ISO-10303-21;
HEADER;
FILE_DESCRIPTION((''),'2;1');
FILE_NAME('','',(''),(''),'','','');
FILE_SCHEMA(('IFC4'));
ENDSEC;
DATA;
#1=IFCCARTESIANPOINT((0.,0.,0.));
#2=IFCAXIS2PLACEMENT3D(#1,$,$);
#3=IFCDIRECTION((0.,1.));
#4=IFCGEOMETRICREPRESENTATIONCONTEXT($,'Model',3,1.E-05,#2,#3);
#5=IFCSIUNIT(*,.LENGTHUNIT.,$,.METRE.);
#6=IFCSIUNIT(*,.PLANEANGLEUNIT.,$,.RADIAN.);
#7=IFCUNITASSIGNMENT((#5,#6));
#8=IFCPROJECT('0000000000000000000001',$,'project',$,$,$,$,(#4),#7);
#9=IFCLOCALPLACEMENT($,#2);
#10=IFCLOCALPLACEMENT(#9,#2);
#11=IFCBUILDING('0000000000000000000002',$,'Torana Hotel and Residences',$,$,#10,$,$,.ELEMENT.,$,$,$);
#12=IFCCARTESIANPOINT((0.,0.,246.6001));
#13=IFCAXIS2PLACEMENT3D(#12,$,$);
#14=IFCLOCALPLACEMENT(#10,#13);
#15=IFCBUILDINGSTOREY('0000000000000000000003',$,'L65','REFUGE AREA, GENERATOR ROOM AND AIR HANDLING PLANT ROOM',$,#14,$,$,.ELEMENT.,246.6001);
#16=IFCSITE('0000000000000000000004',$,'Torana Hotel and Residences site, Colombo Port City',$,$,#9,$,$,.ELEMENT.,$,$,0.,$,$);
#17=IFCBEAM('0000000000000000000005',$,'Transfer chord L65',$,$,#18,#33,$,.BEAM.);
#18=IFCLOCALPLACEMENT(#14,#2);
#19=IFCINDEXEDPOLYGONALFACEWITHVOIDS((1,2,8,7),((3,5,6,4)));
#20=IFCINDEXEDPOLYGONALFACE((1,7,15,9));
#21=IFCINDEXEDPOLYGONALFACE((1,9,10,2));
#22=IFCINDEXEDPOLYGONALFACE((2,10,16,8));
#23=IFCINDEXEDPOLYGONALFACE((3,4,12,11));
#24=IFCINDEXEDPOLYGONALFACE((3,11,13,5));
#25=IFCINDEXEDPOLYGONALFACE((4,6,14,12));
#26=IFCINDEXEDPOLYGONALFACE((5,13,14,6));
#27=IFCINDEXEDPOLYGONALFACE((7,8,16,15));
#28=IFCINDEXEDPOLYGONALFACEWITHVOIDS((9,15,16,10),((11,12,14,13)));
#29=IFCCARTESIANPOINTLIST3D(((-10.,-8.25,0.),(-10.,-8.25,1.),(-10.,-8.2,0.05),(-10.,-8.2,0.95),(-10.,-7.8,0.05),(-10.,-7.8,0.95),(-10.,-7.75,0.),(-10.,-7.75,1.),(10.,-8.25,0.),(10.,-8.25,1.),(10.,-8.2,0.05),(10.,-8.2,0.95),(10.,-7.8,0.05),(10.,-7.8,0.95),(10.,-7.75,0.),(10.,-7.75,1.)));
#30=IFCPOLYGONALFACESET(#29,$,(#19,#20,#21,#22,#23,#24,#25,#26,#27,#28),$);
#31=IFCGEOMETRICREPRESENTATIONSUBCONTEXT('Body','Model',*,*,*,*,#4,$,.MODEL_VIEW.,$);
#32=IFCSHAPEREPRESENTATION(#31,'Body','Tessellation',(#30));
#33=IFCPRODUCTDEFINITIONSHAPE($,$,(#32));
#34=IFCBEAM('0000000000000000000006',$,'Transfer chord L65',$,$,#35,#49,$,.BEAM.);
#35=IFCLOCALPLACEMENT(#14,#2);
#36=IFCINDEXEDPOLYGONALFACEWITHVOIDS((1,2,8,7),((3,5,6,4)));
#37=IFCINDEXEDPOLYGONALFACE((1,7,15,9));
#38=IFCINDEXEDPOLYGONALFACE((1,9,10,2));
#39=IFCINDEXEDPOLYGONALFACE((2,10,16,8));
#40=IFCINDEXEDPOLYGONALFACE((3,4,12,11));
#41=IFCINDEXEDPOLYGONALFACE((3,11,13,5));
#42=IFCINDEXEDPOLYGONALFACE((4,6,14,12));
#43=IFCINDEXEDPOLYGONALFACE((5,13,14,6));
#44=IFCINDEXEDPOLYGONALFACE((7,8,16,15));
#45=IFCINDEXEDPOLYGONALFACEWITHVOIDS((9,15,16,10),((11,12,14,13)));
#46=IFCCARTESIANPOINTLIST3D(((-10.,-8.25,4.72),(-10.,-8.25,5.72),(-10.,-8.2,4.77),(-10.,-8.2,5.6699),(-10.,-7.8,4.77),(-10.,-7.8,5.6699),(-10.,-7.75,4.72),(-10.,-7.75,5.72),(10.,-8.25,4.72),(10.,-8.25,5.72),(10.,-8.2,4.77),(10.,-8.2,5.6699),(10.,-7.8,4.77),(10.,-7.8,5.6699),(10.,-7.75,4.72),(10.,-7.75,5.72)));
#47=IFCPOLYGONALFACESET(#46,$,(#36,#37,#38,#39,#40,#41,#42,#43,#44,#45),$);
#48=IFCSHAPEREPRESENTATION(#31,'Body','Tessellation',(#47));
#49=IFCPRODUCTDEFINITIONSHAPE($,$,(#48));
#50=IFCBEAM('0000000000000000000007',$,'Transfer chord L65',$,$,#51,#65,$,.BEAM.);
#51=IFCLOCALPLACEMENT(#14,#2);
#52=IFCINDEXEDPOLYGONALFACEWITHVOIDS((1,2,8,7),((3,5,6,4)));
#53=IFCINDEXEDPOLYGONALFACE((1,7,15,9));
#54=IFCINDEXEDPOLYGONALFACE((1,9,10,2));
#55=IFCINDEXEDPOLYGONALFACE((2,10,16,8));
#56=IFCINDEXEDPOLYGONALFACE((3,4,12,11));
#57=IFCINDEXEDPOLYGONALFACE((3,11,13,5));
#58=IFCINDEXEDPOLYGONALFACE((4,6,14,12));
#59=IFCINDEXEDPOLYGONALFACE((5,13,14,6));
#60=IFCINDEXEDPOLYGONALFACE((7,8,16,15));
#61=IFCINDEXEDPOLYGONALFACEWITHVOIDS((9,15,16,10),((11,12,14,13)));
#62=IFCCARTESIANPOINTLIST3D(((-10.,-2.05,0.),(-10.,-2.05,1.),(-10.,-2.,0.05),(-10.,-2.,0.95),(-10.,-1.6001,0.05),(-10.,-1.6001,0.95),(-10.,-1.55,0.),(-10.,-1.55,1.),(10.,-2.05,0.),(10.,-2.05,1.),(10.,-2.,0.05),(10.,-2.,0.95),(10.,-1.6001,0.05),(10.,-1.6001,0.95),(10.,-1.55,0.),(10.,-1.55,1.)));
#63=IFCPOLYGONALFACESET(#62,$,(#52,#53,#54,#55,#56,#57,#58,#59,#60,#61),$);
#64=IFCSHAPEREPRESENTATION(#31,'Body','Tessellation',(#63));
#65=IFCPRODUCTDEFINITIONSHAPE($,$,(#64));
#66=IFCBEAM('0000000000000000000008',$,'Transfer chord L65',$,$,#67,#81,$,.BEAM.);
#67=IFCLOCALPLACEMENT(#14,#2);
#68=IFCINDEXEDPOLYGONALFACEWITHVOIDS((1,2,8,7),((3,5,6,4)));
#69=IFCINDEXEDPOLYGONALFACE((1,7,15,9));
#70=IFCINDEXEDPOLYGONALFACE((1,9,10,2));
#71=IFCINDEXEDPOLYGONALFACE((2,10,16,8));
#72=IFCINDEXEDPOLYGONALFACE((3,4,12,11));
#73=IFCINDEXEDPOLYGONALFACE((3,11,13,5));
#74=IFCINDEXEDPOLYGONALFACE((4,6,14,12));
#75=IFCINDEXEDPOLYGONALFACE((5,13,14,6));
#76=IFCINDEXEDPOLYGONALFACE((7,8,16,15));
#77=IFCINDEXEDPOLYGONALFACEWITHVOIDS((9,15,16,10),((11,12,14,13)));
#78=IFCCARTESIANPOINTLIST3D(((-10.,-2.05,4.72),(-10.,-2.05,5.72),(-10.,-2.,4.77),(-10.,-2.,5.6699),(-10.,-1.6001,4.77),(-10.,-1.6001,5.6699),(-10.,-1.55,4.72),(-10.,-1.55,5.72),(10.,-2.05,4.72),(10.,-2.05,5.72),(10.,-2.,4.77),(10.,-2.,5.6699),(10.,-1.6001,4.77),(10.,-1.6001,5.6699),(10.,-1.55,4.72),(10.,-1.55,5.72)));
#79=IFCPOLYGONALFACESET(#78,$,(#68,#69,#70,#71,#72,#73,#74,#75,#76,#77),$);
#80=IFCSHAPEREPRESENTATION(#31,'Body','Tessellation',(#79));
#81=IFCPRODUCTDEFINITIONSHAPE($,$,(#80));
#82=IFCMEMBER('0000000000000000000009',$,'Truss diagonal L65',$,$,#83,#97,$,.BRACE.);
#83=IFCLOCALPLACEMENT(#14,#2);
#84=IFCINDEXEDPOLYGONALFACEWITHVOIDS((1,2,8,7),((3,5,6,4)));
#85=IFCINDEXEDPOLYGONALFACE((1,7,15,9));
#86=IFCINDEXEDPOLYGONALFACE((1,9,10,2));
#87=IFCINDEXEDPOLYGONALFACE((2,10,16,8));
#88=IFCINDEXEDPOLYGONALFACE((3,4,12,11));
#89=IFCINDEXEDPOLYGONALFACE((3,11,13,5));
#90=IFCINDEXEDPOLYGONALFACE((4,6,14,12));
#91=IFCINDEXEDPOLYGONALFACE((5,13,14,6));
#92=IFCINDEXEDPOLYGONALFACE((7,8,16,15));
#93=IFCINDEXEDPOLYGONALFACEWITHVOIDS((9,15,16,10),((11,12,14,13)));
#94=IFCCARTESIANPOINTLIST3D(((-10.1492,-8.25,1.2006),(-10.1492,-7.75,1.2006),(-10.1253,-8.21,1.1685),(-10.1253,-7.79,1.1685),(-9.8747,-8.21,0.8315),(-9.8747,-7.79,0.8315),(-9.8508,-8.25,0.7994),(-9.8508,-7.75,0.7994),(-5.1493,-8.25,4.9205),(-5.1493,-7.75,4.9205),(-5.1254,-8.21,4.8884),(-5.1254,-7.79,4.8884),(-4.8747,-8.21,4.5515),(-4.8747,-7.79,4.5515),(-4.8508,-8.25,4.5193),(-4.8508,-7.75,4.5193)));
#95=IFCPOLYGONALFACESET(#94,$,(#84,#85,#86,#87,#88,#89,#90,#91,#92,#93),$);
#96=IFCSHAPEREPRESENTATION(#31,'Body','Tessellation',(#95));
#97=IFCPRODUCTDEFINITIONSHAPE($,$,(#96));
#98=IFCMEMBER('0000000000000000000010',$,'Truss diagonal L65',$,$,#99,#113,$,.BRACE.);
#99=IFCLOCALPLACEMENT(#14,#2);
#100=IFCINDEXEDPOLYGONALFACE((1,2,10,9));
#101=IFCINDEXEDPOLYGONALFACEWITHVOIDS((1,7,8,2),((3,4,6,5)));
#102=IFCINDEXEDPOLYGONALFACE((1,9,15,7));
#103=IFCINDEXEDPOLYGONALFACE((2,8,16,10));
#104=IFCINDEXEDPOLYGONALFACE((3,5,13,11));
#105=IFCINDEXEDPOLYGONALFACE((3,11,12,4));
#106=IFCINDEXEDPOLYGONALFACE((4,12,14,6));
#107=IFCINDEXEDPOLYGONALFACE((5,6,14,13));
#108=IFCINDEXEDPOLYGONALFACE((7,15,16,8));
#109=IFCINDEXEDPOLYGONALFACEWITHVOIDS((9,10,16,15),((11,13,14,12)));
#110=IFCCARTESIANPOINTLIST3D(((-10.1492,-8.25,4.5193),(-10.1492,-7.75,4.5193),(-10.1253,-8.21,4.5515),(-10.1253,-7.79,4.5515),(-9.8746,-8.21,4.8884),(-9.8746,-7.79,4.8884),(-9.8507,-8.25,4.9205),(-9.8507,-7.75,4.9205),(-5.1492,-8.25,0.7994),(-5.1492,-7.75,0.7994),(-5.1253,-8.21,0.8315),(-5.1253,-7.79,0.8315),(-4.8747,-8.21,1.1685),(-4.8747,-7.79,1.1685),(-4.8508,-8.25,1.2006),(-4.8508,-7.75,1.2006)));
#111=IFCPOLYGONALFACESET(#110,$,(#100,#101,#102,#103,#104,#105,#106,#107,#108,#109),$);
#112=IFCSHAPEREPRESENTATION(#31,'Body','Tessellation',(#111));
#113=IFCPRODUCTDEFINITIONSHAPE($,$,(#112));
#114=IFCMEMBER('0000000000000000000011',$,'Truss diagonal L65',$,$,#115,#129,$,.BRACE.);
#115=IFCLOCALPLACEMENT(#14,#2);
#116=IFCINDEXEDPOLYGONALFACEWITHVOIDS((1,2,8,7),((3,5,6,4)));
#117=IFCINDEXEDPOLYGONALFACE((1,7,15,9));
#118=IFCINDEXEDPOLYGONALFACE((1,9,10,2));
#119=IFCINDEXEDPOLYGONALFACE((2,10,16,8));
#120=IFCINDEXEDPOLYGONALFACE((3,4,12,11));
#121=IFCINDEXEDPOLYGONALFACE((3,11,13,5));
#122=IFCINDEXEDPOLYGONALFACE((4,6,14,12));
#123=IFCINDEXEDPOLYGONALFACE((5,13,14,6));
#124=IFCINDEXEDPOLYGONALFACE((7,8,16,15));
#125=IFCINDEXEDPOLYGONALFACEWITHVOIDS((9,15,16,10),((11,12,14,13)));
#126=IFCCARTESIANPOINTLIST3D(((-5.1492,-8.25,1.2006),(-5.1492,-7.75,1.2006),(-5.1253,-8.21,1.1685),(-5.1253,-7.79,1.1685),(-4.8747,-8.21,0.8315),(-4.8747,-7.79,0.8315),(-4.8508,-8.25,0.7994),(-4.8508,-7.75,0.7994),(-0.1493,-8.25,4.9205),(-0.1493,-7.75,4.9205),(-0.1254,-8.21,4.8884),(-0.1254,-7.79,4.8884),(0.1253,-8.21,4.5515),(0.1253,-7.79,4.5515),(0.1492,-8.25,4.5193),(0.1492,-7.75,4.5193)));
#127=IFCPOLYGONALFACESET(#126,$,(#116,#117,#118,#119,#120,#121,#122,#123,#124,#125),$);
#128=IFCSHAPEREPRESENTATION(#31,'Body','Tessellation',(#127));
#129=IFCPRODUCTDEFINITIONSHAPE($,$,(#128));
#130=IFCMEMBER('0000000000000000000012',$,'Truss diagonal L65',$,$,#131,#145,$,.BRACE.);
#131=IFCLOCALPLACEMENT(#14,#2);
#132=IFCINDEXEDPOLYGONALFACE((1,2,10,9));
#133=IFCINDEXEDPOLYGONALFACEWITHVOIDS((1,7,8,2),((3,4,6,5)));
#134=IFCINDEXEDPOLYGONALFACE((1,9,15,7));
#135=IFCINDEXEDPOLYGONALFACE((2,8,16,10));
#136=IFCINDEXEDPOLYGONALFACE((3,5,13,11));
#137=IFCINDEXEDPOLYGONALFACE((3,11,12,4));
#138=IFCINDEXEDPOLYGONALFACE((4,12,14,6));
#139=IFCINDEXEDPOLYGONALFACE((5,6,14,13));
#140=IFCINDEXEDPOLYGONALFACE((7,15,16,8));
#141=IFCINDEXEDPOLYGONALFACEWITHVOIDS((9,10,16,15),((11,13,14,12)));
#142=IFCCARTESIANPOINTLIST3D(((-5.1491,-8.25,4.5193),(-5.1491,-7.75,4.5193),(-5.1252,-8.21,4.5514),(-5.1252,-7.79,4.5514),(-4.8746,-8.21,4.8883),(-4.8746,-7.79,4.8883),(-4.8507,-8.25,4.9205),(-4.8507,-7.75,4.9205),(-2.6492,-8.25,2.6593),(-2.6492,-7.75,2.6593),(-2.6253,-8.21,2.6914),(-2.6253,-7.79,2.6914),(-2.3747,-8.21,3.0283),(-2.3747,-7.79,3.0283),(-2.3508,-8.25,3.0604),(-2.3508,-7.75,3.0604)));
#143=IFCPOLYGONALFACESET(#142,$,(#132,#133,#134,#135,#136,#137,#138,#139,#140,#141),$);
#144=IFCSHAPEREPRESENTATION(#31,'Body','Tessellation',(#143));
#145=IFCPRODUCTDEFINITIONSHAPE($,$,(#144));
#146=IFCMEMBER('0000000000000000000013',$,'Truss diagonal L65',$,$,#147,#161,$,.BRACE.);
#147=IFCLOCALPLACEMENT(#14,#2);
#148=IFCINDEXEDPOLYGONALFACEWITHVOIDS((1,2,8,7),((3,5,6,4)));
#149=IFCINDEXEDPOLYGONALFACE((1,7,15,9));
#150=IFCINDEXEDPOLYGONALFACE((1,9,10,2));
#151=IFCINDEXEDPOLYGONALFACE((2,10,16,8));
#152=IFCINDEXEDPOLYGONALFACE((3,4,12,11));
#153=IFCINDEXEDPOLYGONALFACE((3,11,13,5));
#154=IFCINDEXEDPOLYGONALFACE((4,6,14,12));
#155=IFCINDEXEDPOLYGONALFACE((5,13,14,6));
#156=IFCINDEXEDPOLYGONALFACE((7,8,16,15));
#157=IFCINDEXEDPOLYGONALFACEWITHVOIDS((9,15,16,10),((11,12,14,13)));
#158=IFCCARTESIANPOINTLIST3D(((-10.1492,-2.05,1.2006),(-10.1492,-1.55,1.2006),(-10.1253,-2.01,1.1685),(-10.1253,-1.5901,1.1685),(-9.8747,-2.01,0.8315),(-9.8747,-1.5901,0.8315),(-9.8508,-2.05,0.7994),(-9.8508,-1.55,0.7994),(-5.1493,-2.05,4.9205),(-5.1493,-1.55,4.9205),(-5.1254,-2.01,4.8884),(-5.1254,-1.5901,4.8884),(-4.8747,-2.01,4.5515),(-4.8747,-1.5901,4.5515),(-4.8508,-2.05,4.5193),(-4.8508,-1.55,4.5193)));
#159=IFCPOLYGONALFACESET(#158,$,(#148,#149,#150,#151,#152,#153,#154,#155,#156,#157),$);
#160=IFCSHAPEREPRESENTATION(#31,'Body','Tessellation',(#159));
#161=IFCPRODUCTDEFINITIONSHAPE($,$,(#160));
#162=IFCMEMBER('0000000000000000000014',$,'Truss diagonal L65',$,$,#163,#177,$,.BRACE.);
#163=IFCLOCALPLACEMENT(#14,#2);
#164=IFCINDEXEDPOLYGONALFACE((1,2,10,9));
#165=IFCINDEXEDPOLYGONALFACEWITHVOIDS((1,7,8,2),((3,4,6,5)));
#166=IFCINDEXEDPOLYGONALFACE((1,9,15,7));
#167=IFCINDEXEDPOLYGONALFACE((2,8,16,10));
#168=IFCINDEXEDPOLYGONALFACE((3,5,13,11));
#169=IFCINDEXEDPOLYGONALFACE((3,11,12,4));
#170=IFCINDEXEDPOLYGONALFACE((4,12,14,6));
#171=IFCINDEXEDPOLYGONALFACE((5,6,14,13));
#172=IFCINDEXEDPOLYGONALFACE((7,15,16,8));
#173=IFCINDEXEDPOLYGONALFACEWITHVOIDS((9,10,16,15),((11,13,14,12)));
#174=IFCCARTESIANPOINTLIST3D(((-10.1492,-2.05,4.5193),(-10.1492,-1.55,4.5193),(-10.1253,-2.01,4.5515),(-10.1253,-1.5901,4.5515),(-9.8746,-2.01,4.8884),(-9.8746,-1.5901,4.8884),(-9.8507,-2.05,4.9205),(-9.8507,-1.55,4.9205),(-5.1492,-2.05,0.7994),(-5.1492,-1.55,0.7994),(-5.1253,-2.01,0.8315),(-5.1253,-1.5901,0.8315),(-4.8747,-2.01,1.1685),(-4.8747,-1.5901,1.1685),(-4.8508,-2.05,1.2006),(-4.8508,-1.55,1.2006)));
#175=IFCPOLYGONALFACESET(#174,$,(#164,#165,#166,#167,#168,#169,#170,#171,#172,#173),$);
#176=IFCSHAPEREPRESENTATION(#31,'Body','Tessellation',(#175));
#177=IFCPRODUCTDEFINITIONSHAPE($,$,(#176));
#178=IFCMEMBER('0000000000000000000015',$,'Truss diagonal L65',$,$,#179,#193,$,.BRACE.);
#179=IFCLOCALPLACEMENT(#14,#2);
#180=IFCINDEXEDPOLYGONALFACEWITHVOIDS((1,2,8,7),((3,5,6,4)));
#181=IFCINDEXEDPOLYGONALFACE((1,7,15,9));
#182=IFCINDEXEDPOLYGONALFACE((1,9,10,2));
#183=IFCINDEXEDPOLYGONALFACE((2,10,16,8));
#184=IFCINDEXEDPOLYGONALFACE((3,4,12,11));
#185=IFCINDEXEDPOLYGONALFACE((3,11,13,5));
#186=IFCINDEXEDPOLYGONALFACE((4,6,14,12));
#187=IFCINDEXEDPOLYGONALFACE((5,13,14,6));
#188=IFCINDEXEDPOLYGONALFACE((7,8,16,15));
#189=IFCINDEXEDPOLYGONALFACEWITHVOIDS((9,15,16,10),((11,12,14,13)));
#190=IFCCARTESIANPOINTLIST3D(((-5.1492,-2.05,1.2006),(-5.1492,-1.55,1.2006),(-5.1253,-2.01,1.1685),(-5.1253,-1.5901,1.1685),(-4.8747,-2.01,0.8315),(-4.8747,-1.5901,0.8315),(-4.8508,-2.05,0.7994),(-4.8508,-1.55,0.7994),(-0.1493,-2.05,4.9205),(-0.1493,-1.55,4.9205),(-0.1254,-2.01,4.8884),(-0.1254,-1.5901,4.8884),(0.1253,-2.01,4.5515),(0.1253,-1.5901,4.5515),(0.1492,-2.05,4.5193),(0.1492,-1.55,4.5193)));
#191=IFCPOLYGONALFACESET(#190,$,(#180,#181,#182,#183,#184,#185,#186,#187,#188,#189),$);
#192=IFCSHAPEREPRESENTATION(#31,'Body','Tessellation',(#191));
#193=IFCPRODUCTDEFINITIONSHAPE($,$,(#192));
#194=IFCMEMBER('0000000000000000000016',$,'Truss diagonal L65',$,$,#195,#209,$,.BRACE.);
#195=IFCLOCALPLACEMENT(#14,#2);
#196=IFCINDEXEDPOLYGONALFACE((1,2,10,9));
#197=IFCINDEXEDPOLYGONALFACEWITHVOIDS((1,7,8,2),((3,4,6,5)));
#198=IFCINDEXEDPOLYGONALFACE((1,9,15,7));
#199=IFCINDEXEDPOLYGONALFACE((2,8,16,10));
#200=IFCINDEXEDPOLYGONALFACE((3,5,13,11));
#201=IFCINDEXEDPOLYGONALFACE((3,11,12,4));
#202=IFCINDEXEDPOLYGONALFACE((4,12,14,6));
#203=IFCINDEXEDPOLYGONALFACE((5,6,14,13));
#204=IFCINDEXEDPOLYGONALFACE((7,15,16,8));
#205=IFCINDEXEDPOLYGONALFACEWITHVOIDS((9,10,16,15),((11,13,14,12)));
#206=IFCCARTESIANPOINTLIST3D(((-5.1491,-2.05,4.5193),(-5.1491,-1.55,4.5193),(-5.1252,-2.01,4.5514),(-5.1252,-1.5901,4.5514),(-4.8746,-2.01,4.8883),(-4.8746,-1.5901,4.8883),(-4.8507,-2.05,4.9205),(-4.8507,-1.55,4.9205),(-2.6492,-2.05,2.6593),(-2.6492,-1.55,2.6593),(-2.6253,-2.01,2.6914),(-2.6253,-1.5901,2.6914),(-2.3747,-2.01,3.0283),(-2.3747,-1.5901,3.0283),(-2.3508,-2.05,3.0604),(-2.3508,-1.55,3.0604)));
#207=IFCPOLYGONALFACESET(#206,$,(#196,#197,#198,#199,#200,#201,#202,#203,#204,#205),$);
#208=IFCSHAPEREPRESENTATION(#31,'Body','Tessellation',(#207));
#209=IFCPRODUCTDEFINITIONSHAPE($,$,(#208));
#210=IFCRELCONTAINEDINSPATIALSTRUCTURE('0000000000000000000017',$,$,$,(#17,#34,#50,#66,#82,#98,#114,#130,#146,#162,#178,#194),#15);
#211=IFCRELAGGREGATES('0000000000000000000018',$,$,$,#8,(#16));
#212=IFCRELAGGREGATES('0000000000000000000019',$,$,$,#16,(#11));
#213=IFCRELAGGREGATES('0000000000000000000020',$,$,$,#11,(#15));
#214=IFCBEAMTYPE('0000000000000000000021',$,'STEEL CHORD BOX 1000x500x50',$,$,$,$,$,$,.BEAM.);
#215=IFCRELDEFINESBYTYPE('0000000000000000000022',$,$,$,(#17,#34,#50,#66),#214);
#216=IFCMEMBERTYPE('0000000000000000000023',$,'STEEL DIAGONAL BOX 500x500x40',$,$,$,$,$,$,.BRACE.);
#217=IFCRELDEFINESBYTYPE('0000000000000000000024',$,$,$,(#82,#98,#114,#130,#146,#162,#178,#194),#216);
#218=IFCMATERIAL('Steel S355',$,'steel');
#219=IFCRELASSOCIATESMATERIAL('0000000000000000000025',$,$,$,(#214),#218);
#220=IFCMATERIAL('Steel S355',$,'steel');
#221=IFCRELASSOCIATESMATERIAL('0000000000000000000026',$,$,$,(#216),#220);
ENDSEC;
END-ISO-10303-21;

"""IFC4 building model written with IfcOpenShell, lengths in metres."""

from ifc_helpers import new_model, si_unit, direction, frame, origin, origin_2d, place, context, subcontext, project, spatial, hollow_rectangle, extrude, material, material_profile, profile_set, type_object, element, save


model = new_model("IFC4")

# Units and contexts
model_context = context("Model", 3, precision=1e-05, world=origin(), true_north=direction((0.0, 1.0)))
body_context = subcontext(model_context, "Body", "Model", "MODEL_VIEW")
ifc_project = project(units=[si_unit("LENGTHUNIT", "METRE"), si_unit("PLANEANGLEUNIT", "RADIAN")], contexts=[model_context])

# Site, building, storey
site_placement = place(None, origin())
site = spatial("IfcSite", under=ifc_project, at=site_placement, Name="Torana Hotel and Residences site, Colombo Port City", CompositionType="ELEMENT", RefElevation=0.0)
building_placement = place(site_placement, origin())
building = spatial("IfcBuilding", under=site, at=building_placement, Name="Torana Hotel and Residences", CompositionType="ELEMENT")
storey_placement = place(building_placement, frame((0.0, 0.0, 246.6001)))
storey = spatial("IfcBuildingStorey", under=building, at=storey_placement, Name="L65", Description="REFUGE AREA, GENERATOR ROOM AND AIR HANDLING PLANT ROOM", CompositionType="ELEMENT", Elevation=246.6001)

# Beams
ifc_material_1 = material(Name="Steel S355", Category="steel")
ifc_material_profile_1 = material_profile(ifc_material_1, hollow_rectangle(XDim=0.5, YDim=1.0, WallThickness=0.05, at=origin_2d()), Name="BOX 1000x500x50")
ifc_profile_set_1 = profile_set([ifc_material_profile_1], Name="Steel S355")
beam_type = type_object("IfcBeamType", Name="STEEL CHORD BOX 1000x500x50", PredefinedType="BEAM", material=ifc_profile_set_1)
for number, where, z_axis, x_axis, name in (
    (1, (-10.0, -8.0, 0.5), (1.0, 0.0, 0.0), (0.0, 1.0, 0.0), "Transfer chord L65"),
    (2, (-10.0, -8.0, 5.22), (1.0, 0.0, 0.0), (0.0, 1.0, 0.0), "Transfer chord L65"),
    (3, (-10.0, -1.8, 0.5), (1.0, 0.0, 0.0), (0.0, 1.0, 0.0), "Transfer chord L65"),
    (4, (-10.0, -1.8, 5.22), (1.0, 0.0, 0.0), (0.0, 1.0, 0.0), "Transfer chord L65"),
):
    element("IfcBeam", number, at=place(storey_placement, frame(where, z_axis=z_axis, x_axis=x_axis)), inside=storey, type_object=beam_type, Name=name, PredefinedType="BEAM", context=body_context, shape_type="SweptSolid", body=[
        extrude(hollow_rectangle(XDim=0.5, YDim=1.0, WallThickness=0.05, at=origin_2d()), origin(), (0.0, 0.0, 1.0), 20.0),
    ])

# Members
ifc_material_2 = material(Name="Steel S355", Category="steel")
ifc_material_profile_2 = material_profile(ifc_material_2, hollow_rectangle(XDim=0.5, YDim=0.5, WallThickness=0.04, at=origin_2d()), Name="BOX 500x500x40")
ifc_profile_set_2 = profile_set([ifc_material_profile_2], Name="Steel S355")
member_type_1 = type_object("IfcMemberType", Name="STEEL DIAGONAL BOX 500x500x40", PredefinedType="BRACE", material=ifc_profile_set_2)
for number, where, z_axis, x_axis, name in (
    (5, (-10.0, -8.0, 1.0), (0.802307, 0.0, 0.596912), (0.0, 1.0, 0.0), "Truss diagonal L65"),
    (6, (-5.0, -8.0, 1.0), (-0.802307, 0.0, 0.596912), (0.0, -1.0, 0.0), "Truss diagonal L65"),
    (7, (-5.0, -8.0, 1.0), (0.802307, 0.0, 0.596912), (0.0, 1.0, 0.0), "Truss diagonal L65"),
):
    element("IfcMember", number, at=place(storey_placement, frame(where, z_axis=z_axis, x_axis=x_axis)), inside=storey, type_object=member_type_1, Name=name, PredefinedType="BRACE", context=body_context, shape_type="SweptSolid", body=[
        extrude(hollow_rectangle(XDim=0.5, YDim=0.5, WallThickness=0.04, at=origin_2d()), origin(), (0.0, 0.0, 1.0), 6.2319),
    ])
member_1_placement = place(storey_placement, frame((-2.5, -8.0, 2.8599), z_axis=(-0.802288, 0.0, 0.596937), x_axis=(0.0, -1.0, 0.0)))
element("IfcMember", 8, at=member_1_placement, inside=storey, type_object=member_type_1, Name="Truss diagonal L65", PredefinedType="BRACE", context=body_context, shape_type="SweptSolid", body=[
    extrude(hollow_rectangle(XDim=0.5, YDim=0.5, WallThickness=0.04, at=origin_2d()), origin(), (0.0, 0.0, 1.0), 3.116),
])
for number, where, z_axis, x_axis, name in (
    (9, (-10.0, -1.8, 1.0), (0.802307, 0.0, 0.596912), (0.0, 1.0, 0.0), "Truss diagonal L65"),
    (10, (-5.0, -1.8, 1.0), (-0.802307, 0.0, 0.596912), (0.0, -1.0, 0.0), "Truss diagonal L65"),
    (11, (-5.0, -1.8, 1.0), (0.802307, 0.0, 0.596912), (0.0, 1.0, 0.0), "Truss diagonal L65"),
):
    element("IfcMember", number, at=place(storey_placement, frame(where, z_axis=z_axis, x_axis=x_axis)), inside=storey, type_object=member_type_1, Name=name, PredefinedType="BRACE", context=body_context, shape_type="SweptSolid", body=[
        extrude(hollow_rectangle(XDim=0.5, YDim=0.5, WallThickness=0.04, at=origin_2d()), origin(), (0.0, 0.0, 1.0), 6.2319),
    ])
member_2_placement = place(storey_placement, frame((-2.5, -1.8, 2.8599), z_axis=(-0.802288, 0.0, 0.596937), x_axis=(0.0, -1.0, 0.0)))
element("IfcMember", 12, at=member_2_placement, inside=storey, type_object=member_type_1, Name="Truss diagonal L65", PredefinedType="BRACE", context=body_context, shape_type="SweptSolid", body=[
    extrude(hollow_rectangle(XDim=0.5, YDim=0.5, WallThickness=0.04, at=origin_2d()), origin(), (0.0, 0.0, 1.0), 3.116),
])

save(model, "model.ifc")
